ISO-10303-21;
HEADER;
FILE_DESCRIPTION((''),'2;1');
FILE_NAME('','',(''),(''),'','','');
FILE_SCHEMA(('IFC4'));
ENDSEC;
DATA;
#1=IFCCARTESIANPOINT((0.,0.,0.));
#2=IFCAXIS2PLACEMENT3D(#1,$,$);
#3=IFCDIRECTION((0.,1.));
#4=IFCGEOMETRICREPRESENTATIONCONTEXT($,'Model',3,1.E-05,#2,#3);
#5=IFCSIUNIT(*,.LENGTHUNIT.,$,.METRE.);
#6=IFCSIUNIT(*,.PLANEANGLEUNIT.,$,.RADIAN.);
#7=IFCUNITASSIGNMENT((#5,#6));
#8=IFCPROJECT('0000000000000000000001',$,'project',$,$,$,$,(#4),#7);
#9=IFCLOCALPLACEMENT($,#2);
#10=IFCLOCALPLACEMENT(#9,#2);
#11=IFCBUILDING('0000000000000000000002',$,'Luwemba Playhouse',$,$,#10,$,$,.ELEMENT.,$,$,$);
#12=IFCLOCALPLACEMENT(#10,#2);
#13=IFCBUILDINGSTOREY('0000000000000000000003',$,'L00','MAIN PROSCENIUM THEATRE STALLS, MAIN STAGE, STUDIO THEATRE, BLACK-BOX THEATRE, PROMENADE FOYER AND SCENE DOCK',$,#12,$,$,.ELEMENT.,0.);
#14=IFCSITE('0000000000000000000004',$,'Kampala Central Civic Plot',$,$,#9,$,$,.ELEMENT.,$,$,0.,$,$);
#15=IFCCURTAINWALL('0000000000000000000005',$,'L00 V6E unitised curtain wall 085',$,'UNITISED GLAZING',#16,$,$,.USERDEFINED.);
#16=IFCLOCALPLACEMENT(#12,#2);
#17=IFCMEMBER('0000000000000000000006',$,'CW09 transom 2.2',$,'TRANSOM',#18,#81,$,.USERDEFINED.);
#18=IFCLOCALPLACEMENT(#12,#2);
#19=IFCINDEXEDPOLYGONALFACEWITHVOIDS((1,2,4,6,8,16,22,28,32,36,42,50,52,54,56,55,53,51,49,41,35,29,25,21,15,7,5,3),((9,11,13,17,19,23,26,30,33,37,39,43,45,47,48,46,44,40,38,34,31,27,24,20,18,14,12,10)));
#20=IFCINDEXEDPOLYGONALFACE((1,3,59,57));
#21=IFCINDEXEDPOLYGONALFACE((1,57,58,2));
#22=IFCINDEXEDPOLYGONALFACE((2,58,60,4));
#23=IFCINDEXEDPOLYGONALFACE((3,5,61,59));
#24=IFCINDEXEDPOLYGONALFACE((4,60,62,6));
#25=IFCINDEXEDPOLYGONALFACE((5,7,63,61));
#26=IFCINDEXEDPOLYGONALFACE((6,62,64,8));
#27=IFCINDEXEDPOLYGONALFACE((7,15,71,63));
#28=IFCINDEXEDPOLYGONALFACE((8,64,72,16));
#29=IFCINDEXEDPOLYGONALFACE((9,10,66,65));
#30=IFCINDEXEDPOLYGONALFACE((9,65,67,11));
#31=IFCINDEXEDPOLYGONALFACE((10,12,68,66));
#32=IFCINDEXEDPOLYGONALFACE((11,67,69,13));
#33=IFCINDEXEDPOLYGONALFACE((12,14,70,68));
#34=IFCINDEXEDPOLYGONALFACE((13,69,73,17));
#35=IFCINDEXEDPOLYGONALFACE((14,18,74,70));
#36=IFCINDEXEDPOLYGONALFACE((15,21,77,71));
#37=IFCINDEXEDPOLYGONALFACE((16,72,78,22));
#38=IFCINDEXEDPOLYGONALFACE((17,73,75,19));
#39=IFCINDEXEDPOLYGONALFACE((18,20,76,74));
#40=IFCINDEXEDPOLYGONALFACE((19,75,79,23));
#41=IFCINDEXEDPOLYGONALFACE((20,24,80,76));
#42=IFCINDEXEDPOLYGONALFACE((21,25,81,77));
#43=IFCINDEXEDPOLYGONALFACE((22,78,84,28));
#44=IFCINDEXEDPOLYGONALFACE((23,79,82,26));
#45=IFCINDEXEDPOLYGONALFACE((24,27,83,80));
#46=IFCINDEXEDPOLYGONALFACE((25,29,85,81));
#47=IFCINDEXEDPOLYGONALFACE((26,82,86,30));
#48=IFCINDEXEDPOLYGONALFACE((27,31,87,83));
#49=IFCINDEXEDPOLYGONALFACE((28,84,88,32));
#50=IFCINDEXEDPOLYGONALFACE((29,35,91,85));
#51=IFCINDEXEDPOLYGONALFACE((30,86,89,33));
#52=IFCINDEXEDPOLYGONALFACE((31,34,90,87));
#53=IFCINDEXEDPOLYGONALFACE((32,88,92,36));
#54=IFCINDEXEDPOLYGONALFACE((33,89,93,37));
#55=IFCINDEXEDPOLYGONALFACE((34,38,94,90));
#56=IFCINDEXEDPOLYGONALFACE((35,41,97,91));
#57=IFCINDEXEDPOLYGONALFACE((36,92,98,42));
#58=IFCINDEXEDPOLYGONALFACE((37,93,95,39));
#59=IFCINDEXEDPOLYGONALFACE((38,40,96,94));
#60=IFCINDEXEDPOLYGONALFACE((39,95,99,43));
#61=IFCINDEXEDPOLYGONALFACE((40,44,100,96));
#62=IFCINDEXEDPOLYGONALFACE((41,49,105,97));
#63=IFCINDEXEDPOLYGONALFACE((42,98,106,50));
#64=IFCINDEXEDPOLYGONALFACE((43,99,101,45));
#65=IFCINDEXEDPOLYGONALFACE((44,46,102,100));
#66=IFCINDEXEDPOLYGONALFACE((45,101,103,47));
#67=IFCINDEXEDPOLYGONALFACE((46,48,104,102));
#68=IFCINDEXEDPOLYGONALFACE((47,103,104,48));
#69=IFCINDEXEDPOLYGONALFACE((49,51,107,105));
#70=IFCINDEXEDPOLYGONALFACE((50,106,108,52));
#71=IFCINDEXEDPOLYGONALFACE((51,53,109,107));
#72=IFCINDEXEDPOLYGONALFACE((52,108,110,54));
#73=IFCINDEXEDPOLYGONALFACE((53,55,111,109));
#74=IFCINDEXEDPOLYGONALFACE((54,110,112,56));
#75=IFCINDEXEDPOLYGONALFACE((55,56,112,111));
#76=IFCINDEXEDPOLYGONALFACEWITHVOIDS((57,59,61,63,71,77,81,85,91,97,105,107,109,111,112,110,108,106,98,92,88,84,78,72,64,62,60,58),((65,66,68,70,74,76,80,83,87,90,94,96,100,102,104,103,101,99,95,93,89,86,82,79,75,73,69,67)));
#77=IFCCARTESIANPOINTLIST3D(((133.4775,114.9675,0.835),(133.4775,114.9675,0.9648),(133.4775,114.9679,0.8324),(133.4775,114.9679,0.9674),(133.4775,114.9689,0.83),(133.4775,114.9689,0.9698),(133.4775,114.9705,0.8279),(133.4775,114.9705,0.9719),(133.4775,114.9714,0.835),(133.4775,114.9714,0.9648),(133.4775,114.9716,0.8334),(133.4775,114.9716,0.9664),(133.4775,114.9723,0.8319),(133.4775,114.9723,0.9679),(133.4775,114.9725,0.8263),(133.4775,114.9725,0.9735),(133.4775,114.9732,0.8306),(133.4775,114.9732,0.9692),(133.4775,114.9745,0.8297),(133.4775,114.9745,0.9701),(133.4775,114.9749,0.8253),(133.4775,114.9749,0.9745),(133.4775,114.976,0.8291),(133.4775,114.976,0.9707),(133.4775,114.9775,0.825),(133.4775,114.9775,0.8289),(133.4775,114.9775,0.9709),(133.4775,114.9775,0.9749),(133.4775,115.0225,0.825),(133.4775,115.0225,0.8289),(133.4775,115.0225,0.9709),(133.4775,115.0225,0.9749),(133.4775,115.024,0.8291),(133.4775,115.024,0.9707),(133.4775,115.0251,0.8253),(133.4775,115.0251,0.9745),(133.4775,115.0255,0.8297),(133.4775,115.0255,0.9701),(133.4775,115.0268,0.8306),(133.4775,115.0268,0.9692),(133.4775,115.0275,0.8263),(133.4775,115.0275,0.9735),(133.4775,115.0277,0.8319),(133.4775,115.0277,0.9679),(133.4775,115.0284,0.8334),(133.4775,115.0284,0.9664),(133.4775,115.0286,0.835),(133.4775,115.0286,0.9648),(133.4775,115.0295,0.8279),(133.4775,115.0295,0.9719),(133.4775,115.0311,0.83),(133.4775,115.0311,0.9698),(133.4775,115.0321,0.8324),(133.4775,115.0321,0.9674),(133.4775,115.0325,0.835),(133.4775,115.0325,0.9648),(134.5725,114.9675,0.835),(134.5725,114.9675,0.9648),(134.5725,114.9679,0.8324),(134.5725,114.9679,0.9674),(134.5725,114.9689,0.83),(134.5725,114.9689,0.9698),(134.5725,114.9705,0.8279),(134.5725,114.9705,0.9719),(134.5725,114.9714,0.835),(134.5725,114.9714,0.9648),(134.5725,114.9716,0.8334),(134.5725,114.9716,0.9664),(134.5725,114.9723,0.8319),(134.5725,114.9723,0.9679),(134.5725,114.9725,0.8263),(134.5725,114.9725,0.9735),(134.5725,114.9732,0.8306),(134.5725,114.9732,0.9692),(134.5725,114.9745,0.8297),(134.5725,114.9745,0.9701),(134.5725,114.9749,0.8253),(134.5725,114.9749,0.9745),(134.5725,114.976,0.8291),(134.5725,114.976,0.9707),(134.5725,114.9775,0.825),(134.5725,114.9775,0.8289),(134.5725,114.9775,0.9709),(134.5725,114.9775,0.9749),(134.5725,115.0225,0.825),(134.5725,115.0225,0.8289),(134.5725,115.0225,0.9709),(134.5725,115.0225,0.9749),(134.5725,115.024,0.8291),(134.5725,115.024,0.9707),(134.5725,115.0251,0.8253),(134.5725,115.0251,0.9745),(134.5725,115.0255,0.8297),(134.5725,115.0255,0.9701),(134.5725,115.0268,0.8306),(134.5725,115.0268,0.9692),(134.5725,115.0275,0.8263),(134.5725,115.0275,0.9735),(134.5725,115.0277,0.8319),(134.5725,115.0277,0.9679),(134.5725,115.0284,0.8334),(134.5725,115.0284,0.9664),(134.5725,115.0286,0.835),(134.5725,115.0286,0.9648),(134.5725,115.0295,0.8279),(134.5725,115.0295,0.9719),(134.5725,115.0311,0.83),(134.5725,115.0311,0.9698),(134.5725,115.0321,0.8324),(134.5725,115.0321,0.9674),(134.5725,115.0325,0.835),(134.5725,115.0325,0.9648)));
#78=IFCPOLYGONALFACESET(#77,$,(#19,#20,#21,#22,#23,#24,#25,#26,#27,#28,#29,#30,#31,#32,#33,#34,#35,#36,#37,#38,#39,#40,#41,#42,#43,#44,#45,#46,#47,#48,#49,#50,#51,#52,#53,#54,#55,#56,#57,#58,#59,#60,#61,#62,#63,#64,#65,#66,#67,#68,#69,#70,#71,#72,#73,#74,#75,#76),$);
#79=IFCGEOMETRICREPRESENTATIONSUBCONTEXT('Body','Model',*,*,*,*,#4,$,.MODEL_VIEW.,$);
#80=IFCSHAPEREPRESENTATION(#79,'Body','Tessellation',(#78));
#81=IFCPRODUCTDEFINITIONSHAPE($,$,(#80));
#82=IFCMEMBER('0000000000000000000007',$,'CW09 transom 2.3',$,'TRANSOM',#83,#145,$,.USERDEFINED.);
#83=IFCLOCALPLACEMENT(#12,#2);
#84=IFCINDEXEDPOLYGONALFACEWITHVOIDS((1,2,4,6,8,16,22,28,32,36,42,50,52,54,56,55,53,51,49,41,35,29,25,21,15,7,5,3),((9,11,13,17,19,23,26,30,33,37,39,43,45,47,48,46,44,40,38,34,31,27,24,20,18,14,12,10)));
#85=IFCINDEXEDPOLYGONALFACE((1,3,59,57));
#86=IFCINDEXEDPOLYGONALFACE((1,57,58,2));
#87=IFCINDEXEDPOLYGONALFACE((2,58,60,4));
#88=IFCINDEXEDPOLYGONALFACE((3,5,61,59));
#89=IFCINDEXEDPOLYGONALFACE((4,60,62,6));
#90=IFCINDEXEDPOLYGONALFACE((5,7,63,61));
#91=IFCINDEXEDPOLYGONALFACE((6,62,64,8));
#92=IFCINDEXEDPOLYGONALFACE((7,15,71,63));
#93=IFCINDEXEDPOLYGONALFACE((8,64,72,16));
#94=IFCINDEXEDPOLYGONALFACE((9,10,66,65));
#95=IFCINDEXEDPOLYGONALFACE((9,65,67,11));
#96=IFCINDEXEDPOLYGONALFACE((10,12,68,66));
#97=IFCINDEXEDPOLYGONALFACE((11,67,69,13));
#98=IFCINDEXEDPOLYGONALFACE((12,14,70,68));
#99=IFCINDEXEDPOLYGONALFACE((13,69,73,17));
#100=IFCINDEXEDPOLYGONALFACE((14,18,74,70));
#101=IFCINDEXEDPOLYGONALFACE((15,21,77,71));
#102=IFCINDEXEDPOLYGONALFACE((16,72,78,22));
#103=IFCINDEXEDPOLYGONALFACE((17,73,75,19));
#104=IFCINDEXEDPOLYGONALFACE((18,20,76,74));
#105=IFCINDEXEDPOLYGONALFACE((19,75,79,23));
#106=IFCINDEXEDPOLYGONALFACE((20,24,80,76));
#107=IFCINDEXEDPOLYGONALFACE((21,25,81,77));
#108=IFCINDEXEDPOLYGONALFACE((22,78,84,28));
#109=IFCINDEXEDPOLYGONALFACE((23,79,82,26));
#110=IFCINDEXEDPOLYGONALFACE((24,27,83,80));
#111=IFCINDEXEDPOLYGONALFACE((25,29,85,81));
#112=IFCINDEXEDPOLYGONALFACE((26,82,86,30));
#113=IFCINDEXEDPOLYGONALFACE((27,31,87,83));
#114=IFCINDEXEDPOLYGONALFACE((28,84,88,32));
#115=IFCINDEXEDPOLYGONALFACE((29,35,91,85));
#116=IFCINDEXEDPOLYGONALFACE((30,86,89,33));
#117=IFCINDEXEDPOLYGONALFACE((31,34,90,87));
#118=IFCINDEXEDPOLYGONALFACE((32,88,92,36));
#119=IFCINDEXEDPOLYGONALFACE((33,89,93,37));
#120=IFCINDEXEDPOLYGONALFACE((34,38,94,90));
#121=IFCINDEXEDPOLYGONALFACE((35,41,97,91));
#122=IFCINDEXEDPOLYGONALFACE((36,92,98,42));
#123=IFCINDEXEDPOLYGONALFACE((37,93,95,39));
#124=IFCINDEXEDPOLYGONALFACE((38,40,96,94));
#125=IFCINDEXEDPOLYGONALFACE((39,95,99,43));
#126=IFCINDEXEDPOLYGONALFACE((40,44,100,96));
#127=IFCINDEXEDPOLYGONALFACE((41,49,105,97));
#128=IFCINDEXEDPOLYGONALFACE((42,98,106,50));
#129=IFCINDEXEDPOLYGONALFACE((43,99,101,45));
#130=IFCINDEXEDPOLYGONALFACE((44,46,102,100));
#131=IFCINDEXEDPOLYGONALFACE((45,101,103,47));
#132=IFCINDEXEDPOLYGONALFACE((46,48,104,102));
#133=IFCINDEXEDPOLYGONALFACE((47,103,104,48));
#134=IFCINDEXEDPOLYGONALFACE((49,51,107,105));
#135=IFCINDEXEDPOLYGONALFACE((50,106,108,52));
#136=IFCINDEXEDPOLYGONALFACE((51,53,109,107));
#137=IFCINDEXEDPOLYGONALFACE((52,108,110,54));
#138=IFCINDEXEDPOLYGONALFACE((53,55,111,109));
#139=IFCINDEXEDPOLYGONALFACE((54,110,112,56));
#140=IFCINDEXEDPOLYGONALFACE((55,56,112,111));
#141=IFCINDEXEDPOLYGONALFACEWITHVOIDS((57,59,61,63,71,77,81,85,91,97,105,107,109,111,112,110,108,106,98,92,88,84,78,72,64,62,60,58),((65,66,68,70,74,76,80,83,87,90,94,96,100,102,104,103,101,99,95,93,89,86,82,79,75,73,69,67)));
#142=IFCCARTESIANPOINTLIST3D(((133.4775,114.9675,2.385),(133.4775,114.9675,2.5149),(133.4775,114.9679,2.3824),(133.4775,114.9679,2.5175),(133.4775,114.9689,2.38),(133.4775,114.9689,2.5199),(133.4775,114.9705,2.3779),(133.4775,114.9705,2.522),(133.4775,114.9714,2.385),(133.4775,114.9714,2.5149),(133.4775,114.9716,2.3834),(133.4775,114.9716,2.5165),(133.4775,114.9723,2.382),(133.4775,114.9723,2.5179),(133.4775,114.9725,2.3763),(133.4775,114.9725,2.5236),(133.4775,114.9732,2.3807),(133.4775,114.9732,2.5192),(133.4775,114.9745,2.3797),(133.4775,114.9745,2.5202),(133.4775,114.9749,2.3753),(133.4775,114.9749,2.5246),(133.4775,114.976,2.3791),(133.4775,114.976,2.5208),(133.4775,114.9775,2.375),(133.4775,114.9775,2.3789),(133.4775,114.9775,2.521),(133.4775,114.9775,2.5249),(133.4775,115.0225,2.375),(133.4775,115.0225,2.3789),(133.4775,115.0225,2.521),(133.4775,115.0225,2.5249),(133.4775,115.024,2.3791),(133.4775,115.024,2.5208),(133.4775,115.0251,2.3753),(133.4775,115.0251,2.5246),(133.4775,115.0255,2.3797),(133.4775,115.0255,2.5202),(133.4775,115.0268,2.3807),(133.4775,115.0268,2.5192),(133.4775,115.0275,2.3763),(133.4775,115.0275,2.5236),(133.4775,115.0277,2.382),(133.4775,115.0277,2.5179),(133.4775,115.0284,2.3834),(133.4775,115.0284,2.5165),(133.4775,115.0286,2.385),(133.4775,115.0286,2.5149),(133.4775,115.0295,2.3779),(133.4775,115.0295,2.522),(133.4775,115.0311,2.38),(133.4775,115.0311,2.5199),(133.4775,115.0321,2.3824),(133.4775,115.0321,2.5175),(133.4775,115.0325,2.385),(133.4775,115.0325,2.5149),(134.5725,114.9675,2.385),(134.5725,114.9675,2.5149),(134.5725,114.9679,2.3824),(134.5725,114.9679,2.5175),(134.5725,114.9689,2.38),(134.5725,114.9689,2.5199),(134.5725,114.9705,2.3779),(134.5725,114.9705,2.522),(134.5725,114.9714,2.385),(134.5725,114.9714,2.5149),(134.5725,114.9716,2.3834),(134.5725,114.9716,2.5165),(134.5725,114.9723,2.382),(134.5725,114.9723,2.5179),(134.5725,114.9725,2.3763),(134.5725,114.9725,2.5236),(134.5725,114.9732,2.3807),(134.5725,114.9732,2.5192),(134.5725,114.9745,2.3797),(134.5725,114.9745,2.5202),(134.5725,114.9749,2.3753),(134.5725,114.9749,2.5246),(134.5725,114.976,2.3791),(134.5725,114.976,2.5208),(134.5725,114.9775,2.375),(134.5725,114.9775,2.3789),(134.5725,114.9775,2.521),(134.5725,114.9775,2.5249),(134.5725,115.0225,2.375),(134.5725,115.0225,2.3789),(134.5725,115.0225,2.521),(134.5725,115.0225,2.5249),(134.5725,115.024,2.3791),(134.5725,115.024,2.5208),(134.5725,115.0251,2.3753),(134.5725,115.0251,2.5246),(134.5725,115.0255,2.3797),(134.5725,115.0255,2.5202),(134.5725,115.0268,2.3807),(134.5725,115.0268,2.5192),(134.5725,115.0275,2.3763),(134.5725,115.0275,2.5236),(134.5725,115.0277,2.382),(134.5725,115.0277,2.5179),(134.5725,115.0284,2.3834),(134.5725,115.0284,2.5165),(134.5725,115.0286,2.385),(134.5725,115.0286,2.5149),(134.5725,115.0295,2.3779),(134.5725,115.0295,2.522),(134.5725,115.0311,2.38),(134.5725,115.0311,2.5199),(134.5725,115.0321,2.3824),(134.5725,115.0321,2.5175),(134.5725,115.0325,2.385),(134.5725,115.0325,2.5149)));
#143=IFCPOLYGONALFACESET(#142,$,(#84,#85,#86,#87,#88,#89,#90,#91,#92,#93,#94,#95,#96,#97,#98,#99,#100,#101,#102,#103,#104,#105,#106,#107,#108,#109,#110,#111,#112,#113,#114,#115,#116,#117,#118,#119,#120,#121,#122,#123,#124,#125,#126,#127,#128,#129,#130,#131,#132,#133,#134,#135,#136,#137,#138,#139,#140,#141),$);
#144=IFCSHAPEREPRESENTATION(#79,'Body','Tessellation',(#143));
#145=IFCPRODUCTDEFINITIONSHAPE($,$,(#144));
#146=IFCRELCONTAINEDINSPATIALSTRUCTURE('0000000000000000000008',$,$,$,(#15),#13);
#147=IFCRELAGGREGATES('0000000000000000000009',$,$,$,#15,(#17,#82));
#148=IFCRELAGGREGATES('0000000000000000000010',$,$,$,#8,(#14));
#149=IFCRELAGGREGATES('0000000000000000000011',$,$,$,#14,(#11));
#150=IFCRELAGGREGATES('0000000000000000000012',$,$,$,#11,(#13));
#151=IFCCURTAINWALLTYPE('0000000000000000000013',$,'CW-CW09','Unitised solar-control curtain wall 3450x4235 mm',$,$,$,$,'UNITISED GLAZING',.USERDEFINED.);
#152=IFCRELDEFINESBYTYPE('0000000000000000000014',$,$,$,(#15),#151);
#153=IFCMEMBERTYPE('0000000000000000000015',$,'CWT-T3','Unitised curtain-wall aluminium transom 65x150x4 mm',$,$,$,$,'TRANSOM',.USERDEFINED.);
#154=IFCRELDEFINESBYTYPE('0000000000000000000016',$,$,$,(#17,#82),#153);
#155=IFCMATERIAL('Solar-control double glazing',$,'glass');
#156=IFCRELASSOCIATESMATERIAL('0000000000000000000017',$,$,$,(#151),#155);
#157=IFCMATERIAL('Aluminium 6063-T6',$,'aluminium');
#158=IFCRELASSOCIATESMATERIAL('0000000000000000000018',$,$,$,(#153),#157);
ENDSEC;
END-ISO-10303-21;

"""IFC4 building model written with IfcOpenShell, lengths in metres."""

from ifc_helpers import new_model, si_unit, direction, frame, origin, origin_2d, place, context, subcontext, project, spatial, hollow_rectangle, extrude, material, material_profile, profile_set, type_object, element, aggregate, save


model = new_model("IFC4")

# Units and contexts
model_context = context("Model", 3, precision=1e-05, world=origin(), true_north=direction((0.0, 1.0)))
body_context = subcontext(model_context, "Body", "Model", "MODEL_VIEW")
ifc_project = project(units=[si_unit("LENGTHUNIT", "METRE"), si_unit("PLANEANGLEUNIT", "RADIAN")], contexts=[model_context])

# Site, building, storey
site_placement = place(None, origin())
site = spatial("IfcSite", under=ifc_project, at=site_placement, Name="Kampala Central Civic Plot", CompositionType="ELEMENT", RefElevation=0.0)
building_placement = place(site_placement, origin())
building = spatial("IfcBuilding", under=site, at=building_placement, Name="Luwemba Playhouse", CompositionType="ELEMENT")
storey_placement = place(building_placement, origin())
storey = spatial("IfcBuildingStorey", under=building, at=storey_placement, Name="L00", Description="MAIN PROSCENIUM THEATRE STALLS, MAIN STAGE, STUDIO THEATRE, BLACK-BOX THEATRE, PROMENADE FOYER AND SCENE DOCK", CompositionType="ELEMENT", Elevation=0.0)

# Curtain wall, members
ifc_material_1 = material(Name="Solar-control double glazing", Category="glass")
curtain_wall_type = type_object("IfcCurtainWallType", Name="CW-CW09", Description="Unitised solar-control curtain wall 3450x4235 mm", ElementType="UNITISED GLAZING", PredefinedType="USERDEFINED", material=ifc_material_1)
curtain_wall_placement = place(storey_placement, origin())
curtain_wall = element("IfcCurtainWall", 1, at=curtain_wall_placement, inside=storey, type_object=curtain_wall_type, Name="L00 V6E unitised curtain wall 085", ObjectType="UNITISED GLAZING", PredefinedType="USERDEFINED")
ifc_material_2 = material(Name="Aluminium 6063-T6", Category="aluminium")
ifc_material_profile_1 = material_profile(ifc_material_2, hollow_rectangle(XDim=0.0649, YDim=0.1499, WallThickness=0.0039, InnerFilletRadius=0.0061, OuterFilletRadius=0.01, at=origin_2d()))
ifc_profile_set_1 = profile_set([ifc_material_profile_1], Name="Aluminium 6063-T6")
member_type_1 = type_object("IfcMemberType", Name="CWT-T3", Description="Unitised curtain-wall aluminium transom 65x150x4 mm", ElementType="TRANSOM", PredefinedType="USERDEFINED", material=ifc_profile_set_1)
member_1_placement = place(storey_placement, frame((133.4775, 115.0, 0.8999), z_axis=(1.0, 0.0, 0.0), x_axis=(0.0, 1.0, 0.0)))
member_1 = element("IfcMember", 2, at=member_1_placement, type_object=member_type_1, Name="CW09 transom 2.2", ObjectType="TRANSOM", PredefinedType="USERDEFINED", context=body_context, shape_type="SweptSolid", body=[
    extrude(hollow_rectangle(XDim=0.0649, YDim=0.1499, WallThickness=0.0039, InnerFilletRadius=0.0061, OuterFilletRadius=0.01, at=origin_2d()), origin(), (0.0, 0.0, 1.0), 1.095),
])
member_2_placement = place(storey_placement, frame((133.4775, 115.0, 2.45), z_axis=(1.0, 0.0, 0.0), x_axis=(0.0, 1.0, 0.0)))
member_2 = element("IfcMember", 3, at=member_2_placement, type_object=member_type_1, Name="CW09 transom 2.3", ObjectType="TRANSOM", PredefinedType="USERDEFINED", context=body_context, shape_type="SweptSolid", body=[
    extrude(hollow_rectangle(XDim=0.0649, YDim=0.1499, WallThickness=0.0039, InnerFilletRadius=0.0061, OuterFilletRadius=0.01, at=origin_2d()), origin(), (0.0, 0.0, 1.0), 1.095),
])
aggregate(curtain_wall, [member_1, member_2])

save(model, "model.ifc")
